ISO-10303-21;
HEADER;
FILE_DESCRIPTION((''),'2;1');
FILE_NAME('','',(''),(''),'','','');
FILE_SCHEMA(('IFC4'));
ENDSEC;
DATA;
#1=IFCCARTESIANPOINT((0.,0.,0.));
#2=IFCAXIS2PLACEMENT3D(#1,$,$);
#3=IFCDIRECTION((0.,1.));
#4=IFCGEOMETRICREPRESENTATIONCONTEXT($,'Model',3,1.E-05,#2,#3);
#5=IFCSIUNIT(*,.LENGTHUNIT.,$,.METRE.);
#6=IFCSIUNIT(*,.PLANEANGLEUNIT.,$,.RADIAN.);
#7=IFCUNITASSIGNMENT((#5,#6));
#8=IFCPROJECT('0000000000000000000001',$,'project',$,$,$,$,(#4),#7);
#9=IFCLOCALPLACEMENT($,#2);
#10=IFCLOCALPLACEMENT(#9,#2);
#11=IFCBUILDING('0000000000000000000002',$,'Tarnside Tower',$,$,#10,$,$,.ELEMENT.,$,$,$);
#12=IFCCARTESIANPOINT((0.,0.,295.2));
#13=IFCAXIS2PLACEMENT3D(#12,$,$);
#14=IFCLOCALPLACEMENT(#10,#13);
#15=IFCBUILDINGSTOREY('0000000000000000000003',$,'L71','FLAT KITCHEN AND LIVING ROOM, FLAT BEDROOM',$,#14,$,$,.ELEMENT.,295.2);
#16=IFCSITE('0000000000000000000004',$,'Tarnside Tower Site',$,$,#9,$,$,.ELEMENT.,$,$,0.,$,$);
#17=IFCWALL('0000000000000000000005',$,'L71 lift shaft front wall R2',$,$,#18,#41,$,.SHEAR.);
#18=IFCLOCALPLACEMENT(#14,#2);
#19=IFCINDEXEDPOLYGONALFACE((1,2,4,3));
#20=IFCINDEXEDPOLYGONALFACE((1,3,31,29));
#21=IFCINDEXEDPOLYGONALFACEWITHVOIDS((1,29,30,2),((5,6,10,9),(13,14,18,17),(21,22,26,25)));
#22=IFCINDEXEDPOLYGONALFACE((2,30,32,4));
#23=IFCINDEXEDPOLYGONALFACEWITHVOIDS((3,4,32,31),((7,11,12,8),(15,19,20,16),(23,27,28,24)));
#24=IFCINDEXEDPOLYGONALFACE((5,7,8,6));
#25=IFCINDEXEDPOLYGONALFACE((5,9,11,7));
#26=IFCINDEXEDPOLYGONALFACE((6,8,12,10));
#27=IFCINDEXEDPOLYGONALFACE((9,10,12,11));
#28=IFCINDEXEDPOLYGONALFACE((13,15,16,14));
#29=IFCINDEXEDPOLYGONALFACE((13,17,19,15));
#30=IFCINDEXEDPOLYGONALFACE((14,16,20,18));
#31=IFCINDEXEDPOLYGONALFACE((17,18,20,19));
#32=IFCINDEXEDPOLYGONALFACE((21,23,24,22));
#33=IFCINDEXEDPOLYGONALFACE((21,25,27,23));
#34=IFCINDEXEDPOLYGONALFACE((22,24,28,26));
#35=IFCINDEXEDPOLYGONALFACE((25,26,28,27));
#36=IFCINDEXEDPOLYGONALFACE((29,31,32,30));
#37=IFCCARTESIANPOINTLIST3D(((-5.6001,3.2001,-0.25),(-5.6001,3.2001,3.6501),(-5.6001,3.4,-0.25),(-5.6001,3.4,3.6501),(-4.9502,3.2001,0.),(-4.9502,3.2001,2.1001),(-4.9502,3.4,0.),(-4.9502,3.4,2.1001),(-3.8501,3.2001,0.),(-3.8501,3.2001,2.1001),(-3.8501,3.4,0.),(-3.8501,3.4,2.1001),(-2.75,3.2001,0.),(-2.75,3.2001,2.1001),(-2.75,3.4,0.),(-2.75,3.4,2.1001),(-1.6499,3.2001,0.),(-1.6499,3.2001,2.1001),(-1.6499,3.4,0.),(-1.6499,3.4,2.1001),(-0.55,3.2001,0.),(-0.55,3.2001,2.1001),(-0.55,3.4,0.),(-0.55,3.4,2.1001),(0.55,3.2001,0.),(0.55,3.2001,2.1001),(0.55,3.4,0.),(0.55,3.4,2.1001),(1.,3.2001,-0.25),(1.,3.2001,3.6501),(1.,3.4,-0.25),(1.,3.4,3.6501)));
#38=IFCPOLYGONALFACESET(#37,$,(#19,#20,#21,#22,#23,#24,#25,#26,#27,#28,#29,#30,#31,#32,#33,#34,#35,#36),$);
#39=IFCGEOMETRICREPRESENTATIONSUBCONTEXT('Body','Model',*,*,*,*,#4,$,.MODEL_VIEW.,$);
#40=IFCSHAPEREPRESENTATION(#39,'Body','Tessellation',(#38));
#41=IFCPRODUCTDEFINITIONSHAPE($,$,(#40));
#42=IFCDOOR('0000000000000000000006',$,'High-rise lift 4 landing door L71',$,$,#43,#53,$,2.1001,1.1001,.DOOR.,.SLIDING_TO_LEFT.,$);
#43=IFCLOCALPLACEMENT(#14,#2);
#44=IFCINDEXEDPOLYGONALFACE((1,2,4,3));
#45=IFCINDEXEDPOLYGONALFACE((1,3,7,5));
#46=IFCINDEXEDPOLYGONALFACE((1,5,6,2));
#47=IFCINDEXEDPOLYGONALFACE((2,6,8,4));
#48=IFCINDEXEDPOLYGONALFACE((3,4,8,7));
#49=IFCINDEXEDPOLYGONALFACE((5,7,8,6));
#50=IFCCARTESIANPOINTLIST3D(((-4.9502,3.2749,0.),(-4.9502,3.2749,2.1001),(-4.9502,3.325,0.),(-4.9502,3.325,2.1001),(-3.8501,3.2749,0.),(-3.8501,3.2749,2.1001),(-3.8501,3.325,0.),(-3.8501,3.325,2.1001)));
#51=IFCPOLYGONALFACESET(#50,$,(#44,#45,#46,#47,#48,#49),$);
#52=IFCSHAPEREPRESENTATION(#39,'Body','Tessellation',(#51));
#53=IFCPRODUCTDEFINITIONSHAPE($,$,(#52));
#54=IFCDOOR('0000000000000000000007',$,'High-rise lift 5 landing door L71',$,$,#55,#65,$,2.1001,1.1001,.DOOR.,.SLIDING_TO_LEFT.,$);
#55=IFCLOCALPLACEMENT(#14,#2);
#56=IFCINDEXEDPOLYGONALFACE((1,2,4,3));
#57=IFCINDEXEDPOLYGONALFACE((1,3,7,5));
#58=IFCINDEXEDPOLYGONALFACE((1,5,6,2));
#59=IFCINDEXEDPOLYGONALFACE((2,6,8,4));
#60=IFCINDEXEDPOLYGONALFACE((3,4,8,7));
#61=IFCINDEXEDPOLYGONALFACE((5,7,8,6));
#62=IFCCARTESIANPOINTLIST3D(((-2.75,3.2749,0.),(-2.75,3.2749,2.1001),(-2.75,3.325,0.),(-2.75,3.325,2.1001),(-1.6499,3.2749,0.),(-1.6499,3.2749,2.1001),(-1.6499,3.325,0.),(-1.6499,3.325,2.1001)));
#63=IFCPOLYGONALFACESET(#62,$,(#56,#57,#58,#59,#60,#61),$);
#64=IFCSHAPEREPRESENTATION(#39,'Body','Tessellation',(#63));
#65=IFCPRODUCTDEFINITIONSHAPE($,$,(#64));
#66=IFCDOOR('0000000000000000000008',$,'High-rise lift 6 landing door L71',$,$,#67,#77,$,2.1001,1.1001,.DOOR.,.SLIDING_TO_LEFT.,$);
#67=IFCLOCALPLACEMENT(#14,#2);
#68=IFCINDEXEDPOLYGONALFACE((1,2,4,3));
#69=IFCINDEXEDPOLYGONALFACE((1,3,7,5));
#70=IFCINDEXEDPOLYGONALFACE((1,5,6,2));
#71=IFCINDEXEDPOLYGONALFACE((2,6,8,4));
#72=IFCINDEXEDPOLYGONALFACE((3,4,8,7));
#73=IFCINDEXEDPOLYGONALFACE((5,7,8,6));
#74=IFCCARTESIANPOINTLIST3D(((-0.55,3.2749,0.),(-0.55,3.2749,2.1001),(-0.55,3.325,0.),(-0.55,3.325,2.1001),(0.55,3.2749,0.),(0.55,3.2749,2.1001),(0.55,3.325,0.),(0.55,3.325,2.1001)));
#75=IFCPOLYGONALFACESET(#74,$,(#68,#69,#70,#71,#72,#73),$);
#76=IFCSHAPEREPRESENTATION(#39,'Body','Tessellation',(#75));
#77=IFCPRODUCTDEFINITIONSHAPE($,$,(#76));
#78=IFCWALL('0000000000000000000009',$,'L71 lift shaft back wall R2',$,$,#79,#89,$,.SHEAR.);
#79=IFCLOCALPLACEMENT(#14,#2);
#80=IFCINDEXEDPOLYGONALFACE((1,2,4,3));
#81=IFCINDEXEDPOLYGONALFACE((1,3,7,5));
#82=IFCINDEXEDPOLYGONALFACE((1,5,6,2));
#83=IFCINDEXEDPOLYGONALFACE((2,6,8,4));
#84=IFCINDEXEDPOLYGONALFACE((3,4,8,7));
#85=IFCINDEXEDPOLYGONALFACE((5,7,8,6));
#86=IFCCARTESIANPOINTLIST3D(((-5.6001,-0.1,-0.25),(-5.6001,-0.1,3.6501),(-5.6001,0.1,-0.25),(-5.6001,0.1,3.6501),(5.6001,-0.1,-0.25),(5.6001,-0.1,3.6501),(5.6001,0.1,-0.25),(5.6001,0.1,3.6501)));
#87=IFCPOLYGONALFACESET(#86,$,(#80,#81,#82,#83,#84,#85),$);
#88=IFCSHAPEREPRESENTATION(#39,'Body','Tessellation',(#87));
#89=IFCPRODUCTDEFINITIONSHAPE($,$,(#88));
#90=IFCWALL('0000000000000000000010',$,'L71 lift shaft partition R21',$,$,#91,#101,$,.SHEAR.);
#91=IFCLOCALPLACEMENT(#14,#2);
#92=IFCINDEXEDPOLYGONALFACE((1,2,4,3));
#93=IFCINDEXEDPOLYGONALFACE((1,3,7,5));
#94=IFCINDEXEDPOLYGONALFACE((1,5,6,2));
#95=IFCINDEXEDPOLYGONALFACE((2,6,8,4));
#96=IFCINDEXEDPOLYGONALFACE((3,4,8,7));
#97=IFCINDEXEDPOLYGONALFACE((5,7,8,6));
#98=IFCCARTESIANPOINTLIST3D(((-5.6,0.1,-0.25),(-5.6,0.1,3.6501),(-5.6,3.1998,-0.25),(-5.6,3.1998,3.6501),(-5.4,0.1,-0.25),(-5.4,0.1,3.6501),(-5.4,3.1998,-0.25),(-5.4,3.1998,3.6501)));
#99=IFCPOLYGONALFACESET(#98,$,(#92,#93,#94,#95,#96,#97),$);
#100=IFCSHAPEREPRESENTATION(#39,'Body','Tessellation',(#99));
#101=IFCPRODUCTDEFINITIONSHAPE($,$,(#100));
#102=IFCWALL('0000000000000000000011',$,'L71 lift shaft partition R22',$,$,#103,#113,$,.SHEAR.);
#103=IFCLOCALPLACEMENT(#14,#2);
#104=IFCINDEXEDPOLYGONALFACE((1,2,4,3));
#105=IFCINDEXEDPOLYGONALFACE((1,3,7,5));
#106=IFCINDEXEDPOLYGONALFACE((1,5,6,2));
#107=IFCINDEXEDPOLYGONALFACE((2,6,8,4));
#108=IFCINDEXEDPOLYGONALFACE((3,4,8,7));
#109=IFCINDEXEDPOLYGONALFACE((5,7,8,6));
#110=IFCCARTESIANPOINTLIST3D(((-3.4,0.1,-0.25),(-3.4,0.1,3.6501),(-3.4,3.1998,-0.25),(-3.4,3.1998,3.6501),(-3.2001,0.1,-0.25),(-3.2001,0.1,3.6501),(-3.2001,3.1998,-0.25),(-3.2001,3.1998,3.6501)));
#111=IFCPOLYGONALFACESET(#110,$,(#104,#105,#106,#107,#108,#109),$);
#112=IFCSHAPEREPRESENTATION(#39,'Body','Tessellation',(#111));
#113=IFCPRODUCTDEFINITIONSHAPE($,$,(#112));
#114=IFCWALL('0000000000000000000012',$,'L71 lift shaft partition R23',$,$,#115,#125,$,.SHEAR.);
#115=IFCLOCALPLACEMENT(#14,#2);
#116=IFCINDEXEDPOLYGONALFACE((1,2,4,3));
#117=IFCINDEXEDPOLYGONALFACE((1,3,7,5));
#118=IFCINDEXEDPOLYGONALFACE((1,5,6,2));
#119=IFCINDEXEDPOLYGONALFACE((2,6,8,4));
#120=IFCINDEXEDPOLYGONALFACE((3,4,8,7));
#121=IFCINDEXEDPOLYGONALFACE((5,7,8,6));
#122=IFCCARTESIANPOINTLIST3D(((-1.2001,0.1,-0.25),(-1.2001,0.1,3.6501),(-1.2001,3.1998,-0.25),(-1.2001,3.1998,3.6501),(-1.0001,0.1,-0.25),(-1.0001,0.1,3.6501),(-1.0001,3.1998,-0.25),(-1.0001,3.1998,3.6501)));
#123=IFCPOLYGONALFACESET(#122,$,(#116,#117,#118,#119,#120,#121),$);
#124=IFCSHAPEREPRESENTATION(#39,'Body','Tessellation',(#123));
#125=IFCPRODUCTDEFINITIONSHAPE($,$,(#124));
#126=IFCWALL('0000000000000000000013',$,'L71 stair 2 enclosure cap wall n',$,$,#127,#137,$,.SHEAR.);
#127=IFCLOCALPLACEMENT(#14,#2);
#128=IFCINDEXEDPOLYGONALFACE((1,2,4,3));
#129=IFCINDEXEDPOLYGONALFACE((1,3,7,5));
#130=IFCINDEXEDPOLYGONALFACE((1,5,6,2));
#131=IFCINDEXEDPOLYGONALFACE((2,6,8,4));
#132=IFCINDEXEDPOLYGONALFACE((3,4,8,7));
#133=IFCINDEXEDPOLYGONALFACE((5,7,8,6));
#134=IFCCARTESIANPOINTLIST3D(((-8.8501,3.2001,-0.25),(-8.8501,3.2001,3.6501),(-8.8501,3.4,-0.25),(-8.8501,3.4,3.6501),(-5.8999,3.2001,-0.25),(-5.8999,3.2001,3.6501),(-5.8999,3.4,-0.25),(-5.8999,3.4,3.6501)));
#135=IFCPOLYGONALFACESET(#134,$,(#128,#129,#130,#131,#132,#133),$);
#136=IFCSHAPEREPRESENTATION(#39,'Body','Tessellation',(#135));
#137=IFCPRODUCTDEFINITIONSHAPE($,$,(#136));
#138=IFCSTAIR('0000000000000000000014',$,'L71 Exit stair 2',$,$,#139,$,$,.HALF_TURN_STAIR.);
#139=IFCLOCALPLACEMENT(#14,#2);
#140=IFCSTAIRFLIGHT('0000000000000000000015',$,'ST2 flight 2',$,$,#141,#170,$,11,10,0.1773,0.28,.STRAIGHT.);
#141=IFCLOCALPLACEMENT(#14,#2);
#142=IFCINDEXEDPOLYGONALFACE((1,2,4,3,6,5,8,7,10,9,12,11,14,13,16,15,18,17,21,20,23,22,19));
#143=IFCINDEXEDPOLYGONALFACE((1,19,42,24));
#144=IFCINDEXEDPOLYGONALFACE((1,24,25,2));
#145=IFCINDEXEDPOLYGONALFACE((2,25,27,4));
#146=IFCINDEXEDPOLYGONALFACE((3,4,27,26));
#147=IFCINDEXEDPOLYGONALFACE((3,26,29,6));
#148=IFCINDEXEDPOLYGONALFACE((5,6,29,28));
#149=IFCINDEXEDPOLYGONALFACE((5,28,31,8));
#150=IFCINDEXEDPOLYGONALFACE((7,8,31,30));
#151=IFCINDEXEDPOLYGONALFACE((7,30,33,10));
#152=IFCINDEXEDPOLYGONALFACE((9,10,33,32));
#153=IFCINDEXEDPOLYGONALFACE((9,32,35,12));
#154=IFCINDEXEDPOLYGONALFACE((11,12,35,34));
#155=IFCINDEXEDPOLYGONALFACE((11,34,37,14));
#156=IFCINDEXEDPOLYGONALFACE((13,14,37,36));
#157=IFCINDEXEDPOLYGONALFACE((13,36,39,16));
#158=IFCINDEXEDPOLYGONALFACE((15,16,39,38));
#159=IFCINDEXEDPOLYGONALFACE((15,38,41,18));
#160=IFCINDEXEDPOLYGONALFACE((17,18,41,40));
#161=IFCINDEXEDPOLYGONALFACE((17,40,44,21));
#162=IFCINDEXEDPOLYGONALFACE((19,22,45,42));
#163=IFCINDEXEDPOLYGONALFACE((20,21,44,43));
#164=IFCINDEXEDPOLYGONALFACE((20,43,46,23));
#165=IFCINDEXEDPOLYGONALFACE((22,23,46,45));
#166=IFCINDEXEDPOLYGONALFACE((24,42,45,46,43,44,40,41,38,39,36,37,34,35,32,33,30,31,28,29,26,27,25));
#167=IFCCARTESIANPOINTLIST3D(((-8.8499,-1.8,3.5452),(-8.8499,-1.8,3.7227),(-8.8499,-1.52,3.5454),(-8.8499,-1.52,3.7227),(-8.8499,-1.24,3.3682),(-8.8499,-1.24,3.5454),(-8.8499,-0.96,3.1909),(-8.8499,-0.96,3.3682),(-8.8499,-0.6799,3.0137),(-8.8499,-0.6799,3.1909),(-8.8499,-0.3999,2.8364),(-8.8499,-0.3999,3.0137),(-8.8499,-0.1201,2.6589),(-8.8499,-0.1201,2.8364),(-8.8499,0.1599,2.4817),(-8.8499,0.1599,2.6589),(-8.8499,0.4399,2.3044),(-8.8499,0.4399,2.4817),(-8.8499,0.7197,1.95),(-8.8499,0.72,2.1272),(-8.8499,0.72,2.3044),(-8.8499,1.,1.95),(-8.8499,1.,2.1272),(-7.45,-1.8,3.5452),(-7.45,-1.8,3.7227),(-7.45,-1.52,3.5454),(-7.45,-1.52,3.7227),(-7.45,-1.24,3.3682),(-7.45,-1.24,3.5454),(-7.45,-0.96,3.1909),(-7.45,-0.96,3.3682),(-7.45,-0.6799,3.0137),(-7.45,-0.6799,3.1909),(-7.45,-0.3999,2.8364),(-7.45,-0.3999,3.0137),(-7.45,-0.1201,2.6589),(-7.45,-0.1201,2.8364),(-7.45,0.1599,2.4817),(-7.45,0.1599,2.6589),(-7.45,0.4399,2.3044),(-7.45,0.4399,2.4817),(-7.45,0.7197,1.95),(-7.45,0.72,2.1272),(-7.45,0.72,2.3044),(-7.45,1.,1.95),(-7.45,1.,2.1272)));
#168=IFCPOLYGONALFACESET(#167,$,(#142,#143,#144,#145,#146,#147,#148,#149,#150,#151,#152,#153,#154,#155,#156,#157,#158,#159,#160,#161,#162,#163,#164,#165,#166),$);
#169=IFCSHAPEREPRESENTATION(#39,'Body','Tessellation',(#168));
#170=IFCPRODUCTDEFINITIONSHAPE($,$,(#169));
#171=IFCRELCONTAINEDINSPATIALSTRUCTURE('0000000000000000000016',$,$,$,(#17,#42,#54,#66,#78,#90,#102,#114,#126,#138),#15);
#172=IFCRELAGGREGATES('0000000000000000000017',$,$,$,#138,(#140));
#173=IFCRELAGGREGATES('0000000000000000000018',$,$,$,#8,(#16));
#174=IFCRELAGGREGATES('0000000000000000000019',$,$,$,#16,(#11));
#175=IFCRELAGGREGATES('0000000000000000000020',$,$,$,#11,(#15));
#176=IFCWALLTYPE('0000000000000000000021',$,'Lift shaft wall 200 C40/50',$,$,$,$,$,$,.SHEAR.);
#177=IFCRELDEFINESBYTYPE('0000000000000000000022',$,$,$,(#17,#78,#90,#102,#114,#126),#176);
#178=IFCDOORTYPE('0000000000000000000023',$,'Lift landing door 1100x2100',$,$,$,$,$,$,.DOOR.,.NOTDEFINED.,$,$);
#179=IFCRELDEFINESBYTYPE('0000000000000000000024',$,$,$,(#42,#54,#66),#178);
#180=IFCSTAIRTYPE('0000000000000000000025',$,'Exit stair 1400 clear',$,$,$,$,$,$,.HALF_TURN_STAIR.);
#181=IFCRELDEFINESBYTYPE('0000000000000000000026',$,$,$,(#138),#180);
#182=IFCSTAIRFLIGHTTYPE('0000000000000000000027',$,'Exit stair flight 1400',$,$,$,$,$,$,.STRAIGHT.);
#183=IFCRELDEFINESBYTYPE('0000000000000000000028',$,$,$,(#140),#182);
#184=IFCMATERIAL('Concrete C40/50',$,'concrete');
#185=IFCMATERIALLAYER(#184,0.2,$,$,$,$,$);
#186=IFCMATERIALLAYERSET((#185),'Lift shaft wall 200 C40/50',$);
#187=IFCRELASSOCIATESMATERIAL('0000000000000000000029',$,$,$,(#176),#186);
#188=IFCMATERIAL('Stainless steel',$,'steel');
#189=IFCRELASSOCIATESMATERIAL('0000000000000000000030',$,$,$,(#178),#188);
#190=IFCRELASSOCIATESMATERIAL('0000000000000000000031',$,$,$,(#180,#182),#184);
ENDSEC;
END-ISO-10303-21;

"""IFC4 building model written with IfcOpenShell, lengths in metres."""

from ifc_helpers import new_model, si_unit, direction, frame, frame_2d, origin, place, context, subcontext, project, spatial, polyline, rectangle, outline, extrude, material, layer, layer_set, type_object, element, fill, aggregate, save


model = new_model("IFC4")

# Units and contexts
model_context = context("Model", 3, precision=1e-05, world=origin(), true_north=direction((0.0, 1.0)))
body_context = subcontext(model_context, "Body", "Model", "MODEL_VIEW")
ifc_project = project(units=[si_unit("LENGTHUNIT", "METRE"), si_unit("PLANEANGLEUNIT", "RADIAN")], contexts=[model_context])

# Site, building, storey
site_placement = place(None, origin())
site = spatial("IfcSite", under=ifc_project, at=site_placement, Name="Tarnside Tower Site", CompositionType="ELEMENT", RefElevation=0.0)
building_placement = place(site_placement, origin())
building = spatial("IfcBuilding", under=site, at=building_placement, Name="Tarnside Tower", CompositionType="ELEMENT")
storey_placement = place(building_placement, frame((0.0, 0.0, 295.2)))
storey = spatial("IfcBuildingStorey", under=building, at=storey_placement, Name="L71", Description="FLAT KITCHEN AND LIVING ROOM, FLAT BEDROOM", CompositionType="ELEMENT", Elevation=295.2)

# Shared definitions
ifc_material_1 = material(Name="Concrete C40/50", Category="concrete")
ifc_layer_1 = layer(ifc_material_1, 0.2)
ifc_layer_set_1 = layer_set([ifc_layer_1], Name="Lift shaft wall 200 C40/50")
wall_type_1 = type_object("IfcWallType", Name="Lift shaft wall 200 C40/50", PredefinedType="SHEAR", material=ifc_layer_set_1)
ifc_material_2 = material(Name="Stainless steel", Category="steel")
door_type_1 = type_object("IfcDoorType", Name="Lift landing door 1100x2100", OperationType="NOTDEFINED", PredefinedType="DOOR", material=ifc_material_2)

# Wall, openings, doors
wall_1_placement = place(storey_placement, frame((-5.6001, 3.3, -0.25), z_axis=(0.0, 0.0, 1.0), x_axis=(1.0, 0.0, 0.0)))
wall_1 = element("IfcWall", 1, at=wall_1_placement, inside=storey, type_object=wall_type_1, Name="L71 lift shaft front wall R2", PredefinedType="SHEAR", context=body_context, shape_type="SweptSolid", body=[
    extrude(rectangle(XDim=6.6001, YDim=0.2, at=frame_2d((3.3, 0.0))), origin(), (0.0, 0.0, 1.0), 3.9001),
])
opening_1_placement = place(wall_1_placement, frame((0.6499, 0.0, 0.25)))
opening_1 = element("IfcOpeningElement", 2, at=opening_1_placement, cuts=wall_1, PredefinedType="OPENING", context=body_context, shape_type="SweptSolid", body=[
    extrude(rectangle(XDim=1.1001, YDim=2.1001, at=frame_2d((0.55, 1.05))), frame((0.0, 0.1099, 0.0), z_axis=(0.0, -1.0, 0.0), x_axis=(1.0, 0.0, 0.0)), (0.0, 0.0, 1.0), 0.22),
])
opening_2_placement = place(wall_1_placement, frame((2.8501, 0.0, 0.25)))
opening_2 = element("IfcOpeningElement", 3, at=opening_2_placement, cuts=wall_1, PredefinedType="OPENING", context=body_context, shape_type="SweptSolid", body=[
    extrude(rectangle(XDim=1.1001, YDim=2.1001, at=frame_2d((0.55, 1.05))), frame((0.0, 0.1099, 0.0), z_axis=(0.0, -1.0, 0.0), x_axis=(1.0, 0.0, 0.0)), (0.0, 0.0, 1.0), 0.22),
])
opening_3_placement = place(wall_1_placement, frame((5.05, 0.0, 0.25)))
opening_3 = element("IfcOpeningElement", 4, at=opening_3_placement, cuts=wall_1, PredefinedType="OPENING", context=body_context, shape_type="SweptSolid", body=[
    extrude(rectangle(XDim=1.1001, YDim=2.1001, at=frame_2d((0.55, 1.05))), frame((0.0, 0.1099, 0.0), z_axis=(0.0, -1.0, 0.0), x_axis=(1.0, 0.0, 0.0)), (0.0, 0.0, 1.0), 0.22),
])
door_1_placement = place(opening_1_placement, origin())
door_1 = element("IfcDoor", 5, at=door_1_placement, inside=storey, type_object=door_type_1, Name="High-rise lift 4 landing door L71", OperationType="SLIDING_TO_LEFT", OverallHeight=2.1001, OverallWidth=1.1001, PredefinedType="DOOR", context=body_context, shape_type="SweptSolid", body=[
    extrude(rectangle(XDim=1.1001, YDim=2.1001, at=frame_2d((0.55, 1.05))), frame((0.0, 0.0249, 0.0), z_axis=(0.0, -1.0, 0.0), x_axis=(1.0, 0.0, 0.0)), (0.0, 0.0, 1.0), 0.05),
])
fill(opening_1, door_1)
door_2_placement = place(opening_2_placement, origin())
door_2 = element("IfcDoor", 6, at=door_2_placement, inside=storey, type_object=door_type_1, Name="High-rise lift 5 landing door L71", OperationType="SLIDING_TO_LEFT", OverallHeight=2.1001, OverallWidth=1.1001, PredefinedType="DOOR", context=body_context, shape_type="SweptSolid", body=[
    extrude(rectangle(XDim=1.1001, YDim=2.1001, at=frame_2d((0.55, 1.05))), frame((0.0, 0.0249, 0.0), z_axis=(0.0, -1.0, 0.0), x_axis=(1.0, 0.0, 0.0)), (0.0, 0.0, 1.0), 0.05),
])
fill(opening_2, door_2)
door_3_placement = place(opening_3_placement, origin())
door_3 = element("IfcDoor", 7, at=door_3_placement, inside=storey, type_object=door_type_1, Name="High-rise lift 6 landing door L71", OperationType="SLIDING_TO_LEFT", OverallHeight=2.1001, OverallWidth=1.1001, PredefinedType="DOOR", context=body_context, shape_type="SweptSolid", body=[
    extrude(rectangle(XDim=1.1001, YDim=2.1001, at=frame_2d((0.55, 1.05))), frame((0.0, 0.0249, 0.0), z_axis=(0.0, -1.0, 0.0), x_axis=(1.0, 0.0, 0.0)), (0.0, 0.0, 1.0), 0.05),
])
fill(opening_3, door_3)

# Walls
wall_2_placement = place(storey_placement, frame((-5.6001, 0.0, -0.25), z_axis=(0.0, 0.0, 1.0), x_axis=(1.0, 0.0, 0.0)))
element("IfcWall", 8, at=wall_2_placement, inside=storey, type_object=wall_type_1, Name="L71 lift shaft back wall R2", PredefinedType="SHEAR", context=body_context, shape_type="SweptSolid", body=[
    extrude(rectangle(XDim=11.2002, YDim=0.2, at=frame_2d((5.6001, 0.0))), origin(), (0.0, 0.0, 1.0), 3.9001),
])
for number, where, z_axis, x_axis, name in (
    (9, (-5.5, 0.1001, -0.25), (0.0, 0.0, 1.0), (0.0, 1.0, 0.0), "L71 lift shaft partition R21"),
    (10, (-3.3, 0.1001, -0.25), (0.0, 0.0, 1.0), (0.0, 1.0, 0.0), "L71 lift shaft partition R22"),
    (11, (-1.1001, 0.1001, -0.25), (0.0, 0.0, 1.0), (0.0, 1.0, 0.0), "L71 lift shaft partition R23"),
):
    element("IfcWall", number, at=place(storey_placement, frame(where, z_axis=z_axis, x_axis=x_axis)), inside=storey, type_object=wall_type_1, Name=name, PredefinedType="SHEAR", context=body_context, shape_type="SweptSolid", body=[
        extrude(rectangle(XDim=3.0999, YDim=0.2, at=frame_2d((1.5498, 0.0))), origin(), (0.0, 0.0, 1.0), 3.9001),
    ])
wall_3_placement = place(storey_placement, frame((-8.8501, 3.3, -0.25), z_axis=(0.0, 0.0, 1.0), x_axis=(1.0, 0.0, 0.0)))
element("IfcWall", 12, at=wall_3_placement, inside=storey, type_object=wall_type_1, Name="L71 stair 2 enclosure cap wall n", PredefinedType="SHEAR", context=body_context, shape_type="SweptSolid", body=[
    extrude(rectangle(XDim=2.9502, YDim=0.2, at=frame_2d((1.4751, 0.0))), origin(), (0.0, 0.0, 1.0), 3.9001),
])

# Stair, stair flight
stair_type = type_object("IfcStairType", Name="Exit stair 1400 clear", PredefinedType="HALF_TURN_STAIR", material=ifc_material_1)
stair_placement = place(storey_placement, origin())
stair = element("IfcStair", 13, at=stair_placement, inside=storey, type_object=stair_type, Name="L71 Exit stair 2", PredefinedType="HALF_TURN_STAIR")
stair_flight_type = type_object("IfcStairFlightType", Name="Exit stair flight 1400", PredefinedType="STRAIGHT", material=ifc_material_1)
stair_flight_placement = place(storey_placement, frame((-8.1499, 1.0, 1.95), z_axis=(0.0, 0.0, 1.0), x_axis=(0.0, -1.0, 0.0)))
stair_flight = element("IfcStairFlight", 14, at=stair_flight_placement, type_object=stair_flight_type, Name="ST2 flight 2", NumberOfRisers=11, NumberOfTreads=10, PredefinedType="STRAIGHT", RiserHeight=0.1773, TreadLength=0.28, context=body_context, shape_type="SweptSolid", body=[
    extrude(outline(polyline([(0.0, 0.0), (0.0, 0.1772), (0.28, 0.1772), (0.28, 0.3545), (0.5601, 0.3545), (0.5601, 0.5317), (0.8401, 0.5317), (0.8401, 0.709), (1.1201, 0.709), (1.1201, 0.8865), (1.3999, 0.8865), (1.3999, 1.0637), (1.6799, 1.0637), (1.6799, 1.241), (1.96, 1.241), (1.96, 1.4182), (2.24, 1.4182), (2.24, 1.5955), (2.52, 1.5955), (2.52, 1.7727), (2.8, 1.7727), (2.8, 1.95), (2.8, 1.5952), (0.2803, 0.0), (0.0, 0.0)])), frame((0.0, 0.7, 0.0), z_axis=(0.0, -1.0, 0.0), x_axis=(1.0, 0.0, 0.0)), (0.0, 0.0, 1.0), 1.3999),
])
aggregate(stair, [stair_flight])

save(model, "model.ifc")
